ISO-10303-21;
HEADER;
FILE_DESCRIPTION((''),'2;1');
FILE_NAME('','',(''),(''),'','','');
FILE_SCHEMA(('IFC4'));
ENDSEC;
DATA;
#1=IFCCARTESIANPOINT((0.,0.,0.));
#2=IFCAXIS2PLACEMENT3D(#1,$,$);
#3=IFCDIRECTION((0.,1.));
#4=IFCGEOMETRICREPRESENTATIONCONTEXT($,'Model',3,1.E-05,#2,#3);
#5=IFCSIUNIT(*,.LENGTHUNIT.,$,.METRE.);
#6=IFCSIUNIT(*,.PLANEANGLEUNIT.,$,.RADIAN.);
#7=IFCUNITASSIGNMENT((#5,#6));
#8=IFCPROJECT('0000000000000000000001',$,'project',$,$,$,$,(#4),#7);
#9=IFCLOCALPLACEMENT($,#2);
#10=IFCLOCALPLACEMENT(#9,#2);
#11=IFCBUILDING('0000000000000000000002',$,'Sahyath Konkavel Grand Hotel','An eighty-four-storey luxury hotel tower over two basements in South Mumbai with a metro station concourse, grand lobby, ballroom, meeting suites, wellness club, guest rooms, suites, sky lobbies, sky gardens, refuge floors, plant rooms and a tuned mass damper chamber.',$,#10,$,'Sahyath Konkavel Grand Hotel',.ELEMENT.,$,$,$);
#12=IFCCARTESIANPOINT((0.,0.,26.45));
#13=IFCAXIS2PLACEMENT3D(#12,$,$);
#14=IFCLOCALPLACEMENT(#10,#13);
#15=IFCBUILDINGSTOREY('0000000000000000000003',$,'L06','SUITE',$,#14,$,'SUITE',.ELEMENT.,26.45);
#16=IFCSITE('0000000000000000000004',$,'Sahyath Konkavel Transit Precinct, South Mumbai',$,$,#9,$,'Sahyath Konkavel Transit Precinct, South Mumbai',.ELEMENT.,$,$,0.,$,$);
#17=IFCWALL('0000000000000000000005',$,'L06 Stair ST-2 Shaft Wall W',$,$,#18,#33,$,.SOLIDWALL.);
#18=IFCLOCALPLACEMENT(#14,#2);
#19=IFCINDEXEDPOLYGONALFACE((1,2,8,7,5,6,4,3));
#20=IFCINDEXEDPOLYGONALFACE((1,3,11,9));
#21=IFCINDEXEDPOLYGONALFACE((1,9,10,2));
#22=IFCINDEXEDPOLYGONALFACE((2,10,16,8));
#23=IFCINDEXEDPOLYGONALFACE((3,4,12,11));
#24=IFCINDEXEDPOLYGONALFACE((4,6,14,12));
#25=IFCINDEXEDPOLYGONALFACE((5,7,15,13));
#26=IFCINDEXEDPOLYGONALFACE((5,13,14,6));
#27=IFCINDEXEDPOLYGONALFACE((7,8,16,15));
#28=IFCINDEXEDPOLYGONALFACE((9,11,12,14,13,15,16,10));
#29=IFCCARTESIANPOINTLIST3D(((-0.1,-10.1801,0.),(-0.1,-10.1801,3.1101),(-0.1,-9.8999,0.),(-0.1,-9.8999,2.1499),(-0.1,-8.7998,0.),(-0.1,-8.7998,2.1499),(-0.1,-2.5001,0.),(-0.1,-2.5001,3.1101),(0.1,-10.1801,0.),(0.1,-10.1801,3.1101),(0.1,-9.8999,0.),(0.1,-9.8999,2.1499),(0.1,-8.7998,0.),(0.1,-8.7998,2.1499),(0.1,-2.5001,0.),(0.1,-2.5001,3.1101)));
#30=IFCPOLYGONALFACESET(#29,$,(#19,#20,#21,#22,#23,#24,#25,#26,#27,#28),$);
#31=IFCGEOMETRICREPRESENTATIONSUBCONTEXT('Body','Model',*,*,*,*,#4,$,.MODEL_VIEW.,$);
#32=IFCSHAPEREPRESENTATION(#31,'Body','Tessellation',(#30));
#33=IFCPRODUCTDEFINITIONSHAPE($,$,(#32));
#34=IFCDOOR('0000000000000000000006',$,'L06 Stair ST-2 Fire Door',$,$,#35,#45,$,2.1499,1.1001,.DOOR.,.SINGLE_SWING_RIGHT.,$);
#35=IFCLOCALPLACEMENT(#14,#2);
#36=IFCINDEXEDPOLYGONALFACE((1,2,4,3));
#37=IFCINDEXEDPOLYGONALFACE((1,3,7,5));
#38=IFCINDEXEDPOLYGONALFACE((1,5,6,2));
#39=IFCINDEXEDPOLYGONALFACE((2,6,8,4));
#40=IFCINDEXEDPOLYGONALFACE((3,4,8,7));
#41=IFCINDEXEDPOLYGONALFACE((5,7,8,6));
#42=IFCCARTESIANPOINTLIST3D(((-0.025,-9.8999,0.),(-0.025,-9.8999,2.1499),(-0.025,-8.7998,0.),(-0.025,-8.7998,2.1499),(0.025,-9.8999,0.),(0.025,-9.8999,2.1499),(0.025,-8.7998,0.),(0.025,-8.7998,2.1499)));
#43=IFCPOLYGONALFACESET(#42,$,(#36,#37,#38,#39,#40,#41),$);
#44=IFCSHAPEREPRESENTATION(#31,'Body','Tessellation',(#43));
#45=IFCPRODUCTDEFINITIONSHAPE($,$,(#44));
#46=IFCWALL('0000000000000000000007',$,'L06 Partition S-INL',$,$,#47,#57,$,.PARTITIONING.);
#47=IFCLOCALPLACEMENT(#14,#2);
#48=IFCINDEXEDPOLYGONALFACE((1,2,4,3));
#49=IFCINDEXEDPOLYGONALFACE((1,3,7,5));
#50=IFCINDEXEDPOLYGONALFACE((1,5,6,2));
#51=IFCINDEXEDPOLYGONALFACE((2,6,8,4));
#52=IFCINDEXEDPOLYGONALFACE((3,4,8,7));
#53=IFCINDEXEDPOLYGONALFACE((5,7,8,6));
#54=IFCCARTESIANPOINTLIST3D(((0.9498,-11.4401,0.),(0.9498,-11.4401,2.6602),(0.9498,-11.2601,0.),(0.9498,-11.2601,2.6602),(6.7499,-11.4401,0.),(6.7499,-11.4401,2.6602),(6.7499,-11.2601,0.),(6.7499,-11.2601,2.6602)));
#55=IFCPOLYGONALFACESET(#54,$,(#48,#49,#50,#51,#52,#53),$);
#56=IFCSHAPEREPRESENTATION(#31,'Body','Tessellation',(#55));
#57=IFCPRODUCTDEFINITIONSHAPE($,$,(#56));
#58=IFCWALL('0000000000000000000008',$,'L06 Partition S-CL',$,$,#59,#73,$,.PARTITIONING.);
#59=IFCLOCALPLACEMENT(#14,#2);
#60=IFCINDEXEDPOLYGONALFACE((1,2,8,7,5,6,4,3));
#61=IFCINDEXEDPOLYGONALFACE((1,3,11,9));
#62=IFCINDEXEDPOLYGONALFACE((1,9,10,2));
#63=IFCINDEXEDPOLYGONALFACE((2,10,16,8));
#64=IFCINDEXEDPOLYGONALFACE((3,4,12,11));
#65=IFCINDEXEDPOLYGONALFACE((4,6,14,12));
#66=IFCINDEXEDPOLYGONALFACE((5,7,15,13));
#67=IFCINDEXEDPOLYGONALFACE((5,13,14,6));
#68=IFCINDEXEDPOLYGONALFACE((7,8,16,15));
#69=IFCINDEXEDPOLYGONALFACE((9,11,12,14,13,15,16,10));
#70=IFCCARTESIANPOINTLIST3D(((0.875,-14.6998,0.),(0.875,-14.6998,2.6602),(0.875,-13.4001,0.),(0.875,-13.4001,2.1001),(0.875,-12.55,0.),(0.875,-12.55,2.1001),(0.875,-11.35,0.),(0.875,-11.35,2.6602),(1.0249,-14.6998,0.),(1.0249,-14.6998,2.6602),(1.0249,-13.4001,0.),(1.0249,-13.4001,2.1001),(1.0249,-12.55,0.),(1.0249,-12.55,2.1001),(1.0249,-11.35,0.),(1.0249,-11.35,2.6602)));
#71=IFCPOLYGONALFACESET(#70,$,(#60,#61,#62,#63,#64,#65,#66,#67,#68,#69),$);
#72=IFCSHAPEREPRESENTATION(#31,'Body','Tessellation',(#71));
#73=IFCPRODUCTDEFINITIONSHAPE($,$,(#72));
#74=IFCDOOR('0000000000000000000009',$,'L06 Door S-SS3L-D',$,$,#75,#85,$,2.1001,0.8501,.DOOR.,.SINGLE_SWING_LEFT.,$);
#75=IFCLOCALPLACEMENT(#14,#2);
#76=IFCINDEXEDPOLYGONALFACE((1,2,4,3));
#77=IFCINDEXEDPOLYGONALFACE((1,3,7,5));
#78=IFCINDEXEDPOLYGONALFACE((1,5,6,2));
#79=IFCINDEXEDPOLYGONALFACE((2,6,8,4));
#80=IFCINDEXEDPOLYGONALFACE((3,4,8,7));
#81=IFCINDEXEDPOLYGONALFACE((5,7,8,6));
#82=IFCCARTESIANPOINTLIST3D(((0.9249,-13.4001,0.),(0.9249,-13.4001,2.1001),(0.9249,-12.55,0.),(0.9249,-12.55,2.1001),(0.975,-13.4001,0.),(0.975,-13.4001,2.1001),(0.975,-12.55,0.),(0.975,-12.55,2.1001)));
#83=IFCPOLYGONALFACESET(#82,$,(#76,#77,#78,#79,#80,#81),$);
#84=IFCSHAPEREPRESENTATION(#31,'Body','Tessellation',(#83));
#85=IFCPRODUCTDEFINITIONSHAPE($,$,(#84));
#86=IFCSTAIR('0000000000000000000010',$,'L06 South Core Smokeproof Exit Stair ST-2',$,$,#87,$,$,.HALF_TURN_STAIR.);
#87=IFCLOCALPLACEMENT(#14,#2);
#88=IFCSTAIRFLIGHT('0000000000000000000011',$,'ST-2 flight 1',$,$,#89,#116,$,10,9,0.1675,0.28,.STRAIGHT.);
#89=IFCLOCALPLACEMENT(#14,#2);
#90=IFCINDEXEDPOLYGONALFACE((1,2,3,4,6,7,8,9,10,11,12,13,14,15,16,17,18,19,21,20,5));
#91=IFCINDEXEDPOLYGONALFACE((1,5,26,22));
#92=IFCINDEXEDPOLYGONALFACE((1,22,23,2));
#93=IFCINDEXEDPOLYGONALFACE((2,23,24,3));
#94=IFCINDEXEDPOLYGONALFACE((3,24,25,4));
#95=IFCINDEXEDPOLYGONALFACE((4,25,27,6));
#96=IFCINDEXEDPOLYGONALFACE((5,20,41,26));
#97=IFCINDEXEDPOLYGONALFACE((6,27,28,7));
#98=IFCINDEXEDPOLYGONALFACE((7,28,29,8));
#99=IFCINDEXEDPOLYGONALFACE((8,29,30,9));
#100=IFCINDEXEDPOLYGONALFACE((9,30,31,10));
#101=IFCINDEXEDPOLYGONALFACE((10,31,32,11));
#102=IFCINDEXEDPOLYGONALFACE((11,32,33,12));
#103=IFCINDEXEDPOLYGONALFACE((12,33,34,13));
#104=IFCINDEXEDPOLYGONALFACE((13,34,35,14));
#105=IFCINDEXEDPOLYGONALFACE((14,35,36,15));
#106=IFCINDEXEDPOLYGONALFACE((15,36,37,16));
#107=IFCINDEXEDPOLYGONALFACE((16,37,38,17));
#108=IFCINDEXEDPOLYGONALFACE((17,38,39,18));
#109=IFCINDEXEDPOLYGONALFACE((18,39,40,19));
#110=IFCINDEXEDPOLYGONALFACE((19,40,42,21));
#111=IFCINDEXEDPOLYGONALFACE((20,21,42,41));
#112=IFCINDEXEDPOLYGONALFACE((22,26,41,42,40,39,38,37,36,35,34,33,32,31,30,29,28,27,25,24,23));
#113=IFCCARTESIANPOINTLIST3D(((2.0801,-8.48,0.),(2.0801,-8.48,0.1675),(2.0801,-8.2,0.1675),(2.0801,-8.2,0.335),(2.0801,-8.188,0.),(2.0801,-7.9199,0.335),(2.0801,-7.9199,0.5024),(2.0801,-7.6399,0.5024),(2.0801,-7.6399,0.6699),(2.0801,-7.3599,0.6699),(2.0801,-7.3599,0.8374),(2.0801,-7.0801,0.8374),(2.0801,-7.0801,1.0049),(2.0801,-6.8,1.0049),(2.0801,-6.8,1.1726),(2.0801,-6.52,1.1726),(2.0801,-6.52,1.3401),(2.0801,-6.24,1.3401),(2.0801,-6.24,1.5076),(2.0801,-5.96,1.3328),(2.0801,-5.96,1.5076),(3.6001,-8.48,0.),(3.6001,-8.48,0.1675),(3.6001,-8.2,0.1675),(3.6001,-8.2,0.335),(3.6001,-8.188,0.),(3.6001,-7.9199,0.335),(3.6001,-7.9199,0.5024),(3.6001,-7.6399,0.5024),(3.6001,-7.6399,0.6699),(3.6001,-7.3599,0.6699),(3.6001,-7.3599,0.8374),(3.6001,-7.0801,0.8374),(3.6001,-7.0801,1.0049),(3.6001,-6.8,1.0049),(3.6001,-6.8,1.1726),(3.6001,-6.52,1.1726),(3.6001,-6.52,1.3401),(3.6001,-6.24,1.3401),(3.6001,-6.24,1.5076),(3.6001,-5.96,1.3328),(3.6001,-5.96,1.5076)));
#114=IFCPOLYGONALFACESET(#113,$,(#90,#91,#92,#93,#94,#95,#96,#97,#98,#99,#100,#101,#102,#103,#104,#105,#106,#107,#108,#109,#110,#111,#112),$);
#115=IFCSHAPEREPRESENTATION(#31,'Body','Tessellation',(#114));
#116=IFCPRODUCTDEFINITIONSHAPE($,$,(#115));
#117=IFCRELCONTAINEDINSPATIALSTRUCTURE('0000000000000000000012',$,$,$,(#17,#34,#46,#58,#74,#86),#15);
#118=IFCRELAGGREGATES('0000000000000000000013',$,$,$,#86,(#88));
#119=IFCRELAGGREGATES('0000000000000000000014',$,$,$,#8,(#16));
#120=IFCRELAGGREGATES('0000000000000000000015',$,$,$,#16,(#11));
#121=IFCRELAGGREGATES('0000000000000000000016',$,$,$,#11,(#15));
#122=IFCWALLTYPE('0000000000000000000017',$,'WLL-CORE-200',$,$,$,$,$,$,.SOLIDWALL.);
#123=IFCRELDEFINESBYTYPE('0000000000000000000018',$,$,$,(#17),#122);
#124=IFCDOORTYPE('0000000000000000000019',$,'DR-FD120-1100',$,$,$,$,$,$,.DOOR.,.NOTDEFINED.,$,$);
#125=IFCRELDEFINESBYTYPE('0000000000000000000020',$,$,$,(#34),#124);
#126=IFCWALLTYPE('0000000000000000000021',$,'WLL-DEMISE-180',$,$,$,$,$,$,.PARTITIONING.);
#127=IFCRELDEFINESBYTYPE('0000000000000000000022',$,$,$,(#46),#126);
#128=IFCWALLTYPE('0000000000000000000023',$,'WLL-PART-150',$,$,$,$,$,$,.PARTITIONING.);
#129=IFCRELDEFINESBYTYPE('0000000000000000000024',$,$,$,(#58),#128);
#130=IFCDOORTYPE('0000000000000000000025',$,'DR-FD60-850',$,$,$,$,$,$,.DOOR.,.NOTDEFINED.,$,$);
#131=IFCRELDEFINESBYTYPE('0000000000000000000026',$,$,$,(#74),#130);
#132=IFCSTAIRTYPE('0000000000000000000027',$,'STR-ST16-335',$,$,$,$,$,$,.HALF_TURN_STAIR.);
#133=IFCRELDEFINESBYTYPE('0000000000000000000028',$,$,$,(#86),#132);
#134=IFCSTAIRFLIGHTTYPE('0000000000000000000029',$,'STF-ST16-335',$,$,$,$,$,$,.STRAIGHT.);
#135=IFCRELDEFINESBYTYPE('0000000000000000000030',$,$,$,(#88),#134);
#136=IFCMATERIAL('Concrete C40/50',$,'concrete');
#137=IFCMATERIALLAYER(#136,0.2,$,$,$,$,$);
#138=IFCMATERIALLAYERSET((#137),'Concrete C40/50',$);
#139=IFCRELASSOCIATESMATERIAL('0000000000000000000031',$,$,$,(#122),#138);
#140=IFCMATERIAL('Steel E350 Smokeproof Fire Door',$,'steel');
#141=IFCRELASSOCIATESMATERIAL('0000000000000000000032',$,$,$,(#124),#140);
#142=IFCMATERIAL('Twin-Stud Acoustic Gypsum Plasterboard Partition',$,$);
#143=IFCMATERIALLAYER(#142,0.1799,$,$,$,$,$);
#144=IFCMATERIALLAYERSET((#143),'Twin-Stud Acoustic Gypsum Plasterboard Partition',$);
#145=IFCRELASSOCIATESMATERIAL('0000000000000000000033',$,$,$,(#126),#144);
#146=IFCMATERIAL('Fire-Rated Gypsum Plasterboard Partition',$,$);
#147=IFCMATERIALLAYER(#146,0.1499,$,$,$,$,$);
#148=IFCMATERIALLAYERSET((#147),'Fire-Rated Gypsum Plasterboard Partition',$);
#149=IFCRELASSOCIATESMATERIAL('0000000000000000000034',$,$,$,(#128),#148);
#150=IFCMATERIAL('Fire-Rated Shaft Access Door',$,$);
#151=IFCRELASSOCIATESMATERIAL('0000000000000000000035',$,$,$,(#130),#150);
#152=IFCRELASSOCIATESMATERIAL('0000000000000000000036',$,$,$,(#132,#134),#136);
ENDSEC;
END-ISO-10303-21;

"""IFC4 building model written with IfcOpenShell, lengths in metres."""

from ifc_helpers import new_model, si_unit, direction, frame, frame_2d, origin, origin_2d, place, context, subcontext, project, spatial, polyline, rectangle, outline, extrude, source, transform, mapped, material, layer, layer_set, type_object, element, fill, aggregate, save


model = new_model("IFC4")

# Units and contexts
model_context = context("Model", 3, precision=1e-05, world=origin(), true_north=direction((0.0, 1.0)))
body_context = subcontext(model_context, "Body", "Model", "MODEL_VIEW")
ifc_project = project(units=[si_unit("LENGTHUNIT", "METRE"), si_unit("PLANEANGLEUNIT", "RADIAN")], contexts=[model_context])

# Site, building, storey
site_placement = place(None, origin())
site = spatial("IfcSite", under=ifc_project, at=site_placement, Name="Sahyath Konkavel Transit Precinct, South Mumbai", LongName="Sahyath Konkavel Transit Precinct, South Mumbai", CompositionType="ELEMENT", RefElevation=0.0)
building_placement = place(site_placement, origin())
building = spatial("IfcBuilding", under=site, at=building_placement, Name="Sahyath Konkavel Grand Hotel", Description="An eighty-four-storey luxury hotel tower over two basements in South Mumbai with a metro station concourse, grand lobby, ballroom, meeting suites, wellness club, guest rooms, suites, sky lobbies, sky gardens, refuge floors, plant rooms and a tuned mass damper chamber.", LongName="Sahyath Konkavel Grand Hotel", CompositionType="ELEMENT")
storey_placement = place(building_placement, frame((0.0, 0.0, 26.45)))
storey = spatial("IfcBuildingStorey", under=building, at=storey_placement, Name="L06", Description="SUITE", LongName="SUITE", CompositionType="ELEMENT", Elevation=26.45)

# Wall, opening, door
ifc_material_1 = material(Name="Concrete C40/50", Category="concrete")
ifc_layer_1 = layer(ifc_material_1, 0.2)
ifc_layer_set_1 = layer_set([ifc_layer_1], Name="Concrete C40/50")
wall_type_1 = type_object("IfcWallType", Name="WLL-CORE-200", PredefinedType="SOLIDWALL", material=ifc_layer_set_1)
wall_1_placement = place(storey_placement, frame((0.0, -10.1799, 0.0), z_axis=(0.0, 0.0, 1.0), x_axis=(0.0, 1.0, 0.0)))
wall_1 = element("IfcWall", 1, at=wall_1_placement, inside=storey, type_object=wall_type_1, Name="L06 Stair ST-2 Shaft Wall W", PredefinedType="SOLIDWALL", context=body_context, shape_type="SweptSolid", body=[
    extrude(rectangle(XDim=7.6799, YDim=0.2, at=frame_2d((3.8398, 0.0))), origin(), (0.0, 0.0, 1.0), 3.1101),
])
opening_1_placement = place(wall_1_placement, frame((0.28, 0.0, 0.0)))
opening_1 = element("IfcOpeningElement", 2, at=opening_1_placement, cuts=wall_1, PredefinedType="OPENING", context=body_context, shape_type="SweptSolid", body=[
    extrude(rectangle(XDim=1.1001, YDim=2.1499, at=frame_2d((0.55, 1.075))), frame((0.0, 0.1099, 0.0), z_axis=(0.0, -1.0, 0.0), x_axis=(1.0, 0.0, 0.0)), (0.0, 0.0, 1.0), 0.22),
])
ifc_material_2 = material(Name="Steel E350 Smokeproof Fire Door", Category="steel")
door_type_1 = type_object("IfcDoorType", Name="DR-FD120-1100", OperationType="NOTDEFINED", PredefinedType="DOOR", material=ifc_material_2)
shared_shape_1 = source(origin(), body_context, "Body", "SweptSolid", [
    extrude(rectangle(XDim=1.1001, YDim=0.05, at=origin_2d()), origin(), (0.0, 0.0, 1.0), 2.1499),
])
door_1_placement = place(opening_1_placement, frame((0.55, 0.0, 0.0)))
door_1 = element("IfcDoor", 3, at=door_1_placement, inside=storey, type_object=door_type_1, Name="L06 Stair ST-2 Fire Door", OperationType="SINGLE_SWING_RIGHT", OverallHeight=2.1499, OverallWidth=1.1001, PredefinedType="DOOR", context=body_context, shape_type="MappedRepresentation", body=[
    mapped(shared_shape_1, transform((0.0, 0.0, 0.0), scale=1.0)),
])
fill(opening_1, door_1)

# Wall
ifc_material_3 = material(Name="Twin-Stud Acoustic Gypsum Plasterboard Partition")
ifc_layer_2 = layer(ifc_material_3, 0.1799)
ifc_layer_set_2 = layer_set([ifc_layer_2], Name="Twin-Stud Acoustic Gypsum Plasterboard Partition")
wall_type_2 = type_object("IfcWallType", Name="WLL-DEMISE-180", PredefinedType="PARTITIONING", material=ifc_layer_set_2)
wall_2_placement = place(storey_placement, frame((0.95, -11.3501, 0.0), z_axis=(0.0, 0.0, 1.0), x_axis=(1.0, 0.0, 0.0)))
element("IfcWall", 4, at=wall_2_placement, inside=storey, type_object=wall_type_2, Name="L06 Partition S-INL", PredefinedType="PARTITIONING", context=body_context, shape_type="SweptSolid", body=[
    extrude(rectangle(XDim=5.8, YDim=0.1799, at=frame_2d((2.8999, 0.0))), origin(), (0.0, 0.0, 1.0), 2.6602),
])

# Wall, opening, door
ifc_material_4 = material(Name="Fire-Rated Gypsum Plasterboard Partition")
ifc_layer_3 = layer(ifc_material_4, 0.1499)
ifc_layer_set_3 = layer_set([ifc_layer_3], Name="Fire-Rated Gypsum Plasterboard Partition")
wall_type_3 = type_object("IfcWallType", Name="WLL-PART-150", PredefinedType="PARTITIONING", material=ifc_layer_set_3)
wall_3_placement = place(storey_placement, frame((0.95, -11.3501, 0.0), z_axis=(0.0, 0.0, 1.0), x_axis=(0.0, -1.0, 0.0)))
wall_3 = element("IfcWall", 5, at=wall_3_placement, inside=storey, type_object=wall_type_3, Name="L06 Partition S-CL", PredefinedType="PARTITIONING", context=body_context, shape_type="SweptSolid", body=[
    extrude(rectangle(XDim=3.3499, YDim=0.1499, at=frame_2d((1.6748, 0.0))), origin(), (0.0, 0.0, 1.0), 2.6602),
])
opening_2_placement = place(wall_3_placement, frame((1.2, 0.0, 0.0)))
opening_2 = element("IfcOpeningElement", 6, at=opening_2_placement, cuts=wall_3, PredefinedType="OPENING", context=body_context, shape_type="SweptSolid", body=[
    extrude(rectangle(XDim=0.8501, YDim=2.1001, at=frame_2d((0.425, 1.05))), frame((0.0, 0.085, 0.0), z_axis=(0.0, -1.0, 0.0), x_axis=(1.0, 0.0, 0.0)), (0.0, 0.0, 1.0), 0.1699),
])
ifc_material_5 = material(Name="Fire-Rated Shaft Access Door")
door_type_2 = type_object("IfcDoorType", Name="DR-FD60-850", OperationType="NOTDEFINED", PredefinedType="DOOR", material=ifc_material_5)
shared_shape_2 = source(origin(), body_context, "Body", "SweptSolid", [
    extrude(rectangle(XDim=0.8501, YDim=0.05, at=origin_2d()), origin(), (0.0, 0.0, 1.0), 2.1001),
])
door_2_placement = place(opening_2_placement, frame((0.425, 0.0, 0.0)))
door_2 = element("IfcDoor", 7, at=door_2_placement, inside=storey, type_object=door_type_2, Name="L06 Door S-SS3L-D", OperationType="SINGLE_SWING_LEFT", OverallHeight=2.1001, OverallWidth=0.8501, PredefinedType="DOOR", context=body_context, shape_type="MappedRepresentation", body=[
    mapped(shared_shape_2, transform((0.0, 0.0, 0.0), scale=1.0)),
])
fill(opening_2, door_2)

# Stair, stair flight
stair_type = type_object("IfcStairType", Name="STR-ST16-335", PredefinedType="HALF_TURN_STAIR", material=ifc_material_1)
stair_placement = place(storey_placement, origin())
stair = element("IfcStair", 8, at=stair_placement, inside=storey, type_object=stair_type, Name="L06 South Core Smokeproof Exit Stair ST-2", PredefinedType="HALF_TURN_STAIR")
stair_flight_type = type_object("IfcStairFlightType", Name="STF-ST16-335", PredefinedType="STRAIGHT", material=ifc_material_1)
stair_flight_placement = place(storey_placement, frame((2.8401, -8.48, 0.0), z_axis=(0.0, 0.0, 1.0), x_axis=(0.0, 1.0, 0.0)))
stair_flight = element("IfcStairFlight", 9, at=stair_flight_placement, type_object=stair_flight_type, Name="ST-2 flight 1", NumberOfRisers=10, NumberOfTreads=9, PredefinedType="STRAIGHT", RiserHeight=0.1675, TreadLength=0.28, context=body_context, shape_type="SweptSolid", body=[
    extrude(outline(polyline([(0.0, 0.0), (0.0, 0.1675), (0.28, 0.1675), (0.28, 0.335), (0.5601, 0.335), (0.5601, 0.5024), (0.8401, 0.5024), (0.8401, 0.6699), (1.1201, 0.6699), (1.1201, 0.8374), (1.3999, 0.8374), (1.3999, 1.0049), (1.6799, 1.0049), (1.6799, 1.1726), (1.96, 1.1726), (1.96, 1.3401), (2.24, 1.3401), (2.24, 1.5076), (2.52, 1.5076), (2.52, 1.675), (2.52, 1.3328), (0.292, 0.0), (0.0, 0.0)])), frame((0.0, 0.76, 0.0), z_axis=(0.0, -1.0, 0.0), x_axis=(1.0, 0.0, 0.0)), (0.0, 0.0, 1.0), 1.52),
])
aggregate(stair, [stair_flight])

save(model, "model.ifc")
